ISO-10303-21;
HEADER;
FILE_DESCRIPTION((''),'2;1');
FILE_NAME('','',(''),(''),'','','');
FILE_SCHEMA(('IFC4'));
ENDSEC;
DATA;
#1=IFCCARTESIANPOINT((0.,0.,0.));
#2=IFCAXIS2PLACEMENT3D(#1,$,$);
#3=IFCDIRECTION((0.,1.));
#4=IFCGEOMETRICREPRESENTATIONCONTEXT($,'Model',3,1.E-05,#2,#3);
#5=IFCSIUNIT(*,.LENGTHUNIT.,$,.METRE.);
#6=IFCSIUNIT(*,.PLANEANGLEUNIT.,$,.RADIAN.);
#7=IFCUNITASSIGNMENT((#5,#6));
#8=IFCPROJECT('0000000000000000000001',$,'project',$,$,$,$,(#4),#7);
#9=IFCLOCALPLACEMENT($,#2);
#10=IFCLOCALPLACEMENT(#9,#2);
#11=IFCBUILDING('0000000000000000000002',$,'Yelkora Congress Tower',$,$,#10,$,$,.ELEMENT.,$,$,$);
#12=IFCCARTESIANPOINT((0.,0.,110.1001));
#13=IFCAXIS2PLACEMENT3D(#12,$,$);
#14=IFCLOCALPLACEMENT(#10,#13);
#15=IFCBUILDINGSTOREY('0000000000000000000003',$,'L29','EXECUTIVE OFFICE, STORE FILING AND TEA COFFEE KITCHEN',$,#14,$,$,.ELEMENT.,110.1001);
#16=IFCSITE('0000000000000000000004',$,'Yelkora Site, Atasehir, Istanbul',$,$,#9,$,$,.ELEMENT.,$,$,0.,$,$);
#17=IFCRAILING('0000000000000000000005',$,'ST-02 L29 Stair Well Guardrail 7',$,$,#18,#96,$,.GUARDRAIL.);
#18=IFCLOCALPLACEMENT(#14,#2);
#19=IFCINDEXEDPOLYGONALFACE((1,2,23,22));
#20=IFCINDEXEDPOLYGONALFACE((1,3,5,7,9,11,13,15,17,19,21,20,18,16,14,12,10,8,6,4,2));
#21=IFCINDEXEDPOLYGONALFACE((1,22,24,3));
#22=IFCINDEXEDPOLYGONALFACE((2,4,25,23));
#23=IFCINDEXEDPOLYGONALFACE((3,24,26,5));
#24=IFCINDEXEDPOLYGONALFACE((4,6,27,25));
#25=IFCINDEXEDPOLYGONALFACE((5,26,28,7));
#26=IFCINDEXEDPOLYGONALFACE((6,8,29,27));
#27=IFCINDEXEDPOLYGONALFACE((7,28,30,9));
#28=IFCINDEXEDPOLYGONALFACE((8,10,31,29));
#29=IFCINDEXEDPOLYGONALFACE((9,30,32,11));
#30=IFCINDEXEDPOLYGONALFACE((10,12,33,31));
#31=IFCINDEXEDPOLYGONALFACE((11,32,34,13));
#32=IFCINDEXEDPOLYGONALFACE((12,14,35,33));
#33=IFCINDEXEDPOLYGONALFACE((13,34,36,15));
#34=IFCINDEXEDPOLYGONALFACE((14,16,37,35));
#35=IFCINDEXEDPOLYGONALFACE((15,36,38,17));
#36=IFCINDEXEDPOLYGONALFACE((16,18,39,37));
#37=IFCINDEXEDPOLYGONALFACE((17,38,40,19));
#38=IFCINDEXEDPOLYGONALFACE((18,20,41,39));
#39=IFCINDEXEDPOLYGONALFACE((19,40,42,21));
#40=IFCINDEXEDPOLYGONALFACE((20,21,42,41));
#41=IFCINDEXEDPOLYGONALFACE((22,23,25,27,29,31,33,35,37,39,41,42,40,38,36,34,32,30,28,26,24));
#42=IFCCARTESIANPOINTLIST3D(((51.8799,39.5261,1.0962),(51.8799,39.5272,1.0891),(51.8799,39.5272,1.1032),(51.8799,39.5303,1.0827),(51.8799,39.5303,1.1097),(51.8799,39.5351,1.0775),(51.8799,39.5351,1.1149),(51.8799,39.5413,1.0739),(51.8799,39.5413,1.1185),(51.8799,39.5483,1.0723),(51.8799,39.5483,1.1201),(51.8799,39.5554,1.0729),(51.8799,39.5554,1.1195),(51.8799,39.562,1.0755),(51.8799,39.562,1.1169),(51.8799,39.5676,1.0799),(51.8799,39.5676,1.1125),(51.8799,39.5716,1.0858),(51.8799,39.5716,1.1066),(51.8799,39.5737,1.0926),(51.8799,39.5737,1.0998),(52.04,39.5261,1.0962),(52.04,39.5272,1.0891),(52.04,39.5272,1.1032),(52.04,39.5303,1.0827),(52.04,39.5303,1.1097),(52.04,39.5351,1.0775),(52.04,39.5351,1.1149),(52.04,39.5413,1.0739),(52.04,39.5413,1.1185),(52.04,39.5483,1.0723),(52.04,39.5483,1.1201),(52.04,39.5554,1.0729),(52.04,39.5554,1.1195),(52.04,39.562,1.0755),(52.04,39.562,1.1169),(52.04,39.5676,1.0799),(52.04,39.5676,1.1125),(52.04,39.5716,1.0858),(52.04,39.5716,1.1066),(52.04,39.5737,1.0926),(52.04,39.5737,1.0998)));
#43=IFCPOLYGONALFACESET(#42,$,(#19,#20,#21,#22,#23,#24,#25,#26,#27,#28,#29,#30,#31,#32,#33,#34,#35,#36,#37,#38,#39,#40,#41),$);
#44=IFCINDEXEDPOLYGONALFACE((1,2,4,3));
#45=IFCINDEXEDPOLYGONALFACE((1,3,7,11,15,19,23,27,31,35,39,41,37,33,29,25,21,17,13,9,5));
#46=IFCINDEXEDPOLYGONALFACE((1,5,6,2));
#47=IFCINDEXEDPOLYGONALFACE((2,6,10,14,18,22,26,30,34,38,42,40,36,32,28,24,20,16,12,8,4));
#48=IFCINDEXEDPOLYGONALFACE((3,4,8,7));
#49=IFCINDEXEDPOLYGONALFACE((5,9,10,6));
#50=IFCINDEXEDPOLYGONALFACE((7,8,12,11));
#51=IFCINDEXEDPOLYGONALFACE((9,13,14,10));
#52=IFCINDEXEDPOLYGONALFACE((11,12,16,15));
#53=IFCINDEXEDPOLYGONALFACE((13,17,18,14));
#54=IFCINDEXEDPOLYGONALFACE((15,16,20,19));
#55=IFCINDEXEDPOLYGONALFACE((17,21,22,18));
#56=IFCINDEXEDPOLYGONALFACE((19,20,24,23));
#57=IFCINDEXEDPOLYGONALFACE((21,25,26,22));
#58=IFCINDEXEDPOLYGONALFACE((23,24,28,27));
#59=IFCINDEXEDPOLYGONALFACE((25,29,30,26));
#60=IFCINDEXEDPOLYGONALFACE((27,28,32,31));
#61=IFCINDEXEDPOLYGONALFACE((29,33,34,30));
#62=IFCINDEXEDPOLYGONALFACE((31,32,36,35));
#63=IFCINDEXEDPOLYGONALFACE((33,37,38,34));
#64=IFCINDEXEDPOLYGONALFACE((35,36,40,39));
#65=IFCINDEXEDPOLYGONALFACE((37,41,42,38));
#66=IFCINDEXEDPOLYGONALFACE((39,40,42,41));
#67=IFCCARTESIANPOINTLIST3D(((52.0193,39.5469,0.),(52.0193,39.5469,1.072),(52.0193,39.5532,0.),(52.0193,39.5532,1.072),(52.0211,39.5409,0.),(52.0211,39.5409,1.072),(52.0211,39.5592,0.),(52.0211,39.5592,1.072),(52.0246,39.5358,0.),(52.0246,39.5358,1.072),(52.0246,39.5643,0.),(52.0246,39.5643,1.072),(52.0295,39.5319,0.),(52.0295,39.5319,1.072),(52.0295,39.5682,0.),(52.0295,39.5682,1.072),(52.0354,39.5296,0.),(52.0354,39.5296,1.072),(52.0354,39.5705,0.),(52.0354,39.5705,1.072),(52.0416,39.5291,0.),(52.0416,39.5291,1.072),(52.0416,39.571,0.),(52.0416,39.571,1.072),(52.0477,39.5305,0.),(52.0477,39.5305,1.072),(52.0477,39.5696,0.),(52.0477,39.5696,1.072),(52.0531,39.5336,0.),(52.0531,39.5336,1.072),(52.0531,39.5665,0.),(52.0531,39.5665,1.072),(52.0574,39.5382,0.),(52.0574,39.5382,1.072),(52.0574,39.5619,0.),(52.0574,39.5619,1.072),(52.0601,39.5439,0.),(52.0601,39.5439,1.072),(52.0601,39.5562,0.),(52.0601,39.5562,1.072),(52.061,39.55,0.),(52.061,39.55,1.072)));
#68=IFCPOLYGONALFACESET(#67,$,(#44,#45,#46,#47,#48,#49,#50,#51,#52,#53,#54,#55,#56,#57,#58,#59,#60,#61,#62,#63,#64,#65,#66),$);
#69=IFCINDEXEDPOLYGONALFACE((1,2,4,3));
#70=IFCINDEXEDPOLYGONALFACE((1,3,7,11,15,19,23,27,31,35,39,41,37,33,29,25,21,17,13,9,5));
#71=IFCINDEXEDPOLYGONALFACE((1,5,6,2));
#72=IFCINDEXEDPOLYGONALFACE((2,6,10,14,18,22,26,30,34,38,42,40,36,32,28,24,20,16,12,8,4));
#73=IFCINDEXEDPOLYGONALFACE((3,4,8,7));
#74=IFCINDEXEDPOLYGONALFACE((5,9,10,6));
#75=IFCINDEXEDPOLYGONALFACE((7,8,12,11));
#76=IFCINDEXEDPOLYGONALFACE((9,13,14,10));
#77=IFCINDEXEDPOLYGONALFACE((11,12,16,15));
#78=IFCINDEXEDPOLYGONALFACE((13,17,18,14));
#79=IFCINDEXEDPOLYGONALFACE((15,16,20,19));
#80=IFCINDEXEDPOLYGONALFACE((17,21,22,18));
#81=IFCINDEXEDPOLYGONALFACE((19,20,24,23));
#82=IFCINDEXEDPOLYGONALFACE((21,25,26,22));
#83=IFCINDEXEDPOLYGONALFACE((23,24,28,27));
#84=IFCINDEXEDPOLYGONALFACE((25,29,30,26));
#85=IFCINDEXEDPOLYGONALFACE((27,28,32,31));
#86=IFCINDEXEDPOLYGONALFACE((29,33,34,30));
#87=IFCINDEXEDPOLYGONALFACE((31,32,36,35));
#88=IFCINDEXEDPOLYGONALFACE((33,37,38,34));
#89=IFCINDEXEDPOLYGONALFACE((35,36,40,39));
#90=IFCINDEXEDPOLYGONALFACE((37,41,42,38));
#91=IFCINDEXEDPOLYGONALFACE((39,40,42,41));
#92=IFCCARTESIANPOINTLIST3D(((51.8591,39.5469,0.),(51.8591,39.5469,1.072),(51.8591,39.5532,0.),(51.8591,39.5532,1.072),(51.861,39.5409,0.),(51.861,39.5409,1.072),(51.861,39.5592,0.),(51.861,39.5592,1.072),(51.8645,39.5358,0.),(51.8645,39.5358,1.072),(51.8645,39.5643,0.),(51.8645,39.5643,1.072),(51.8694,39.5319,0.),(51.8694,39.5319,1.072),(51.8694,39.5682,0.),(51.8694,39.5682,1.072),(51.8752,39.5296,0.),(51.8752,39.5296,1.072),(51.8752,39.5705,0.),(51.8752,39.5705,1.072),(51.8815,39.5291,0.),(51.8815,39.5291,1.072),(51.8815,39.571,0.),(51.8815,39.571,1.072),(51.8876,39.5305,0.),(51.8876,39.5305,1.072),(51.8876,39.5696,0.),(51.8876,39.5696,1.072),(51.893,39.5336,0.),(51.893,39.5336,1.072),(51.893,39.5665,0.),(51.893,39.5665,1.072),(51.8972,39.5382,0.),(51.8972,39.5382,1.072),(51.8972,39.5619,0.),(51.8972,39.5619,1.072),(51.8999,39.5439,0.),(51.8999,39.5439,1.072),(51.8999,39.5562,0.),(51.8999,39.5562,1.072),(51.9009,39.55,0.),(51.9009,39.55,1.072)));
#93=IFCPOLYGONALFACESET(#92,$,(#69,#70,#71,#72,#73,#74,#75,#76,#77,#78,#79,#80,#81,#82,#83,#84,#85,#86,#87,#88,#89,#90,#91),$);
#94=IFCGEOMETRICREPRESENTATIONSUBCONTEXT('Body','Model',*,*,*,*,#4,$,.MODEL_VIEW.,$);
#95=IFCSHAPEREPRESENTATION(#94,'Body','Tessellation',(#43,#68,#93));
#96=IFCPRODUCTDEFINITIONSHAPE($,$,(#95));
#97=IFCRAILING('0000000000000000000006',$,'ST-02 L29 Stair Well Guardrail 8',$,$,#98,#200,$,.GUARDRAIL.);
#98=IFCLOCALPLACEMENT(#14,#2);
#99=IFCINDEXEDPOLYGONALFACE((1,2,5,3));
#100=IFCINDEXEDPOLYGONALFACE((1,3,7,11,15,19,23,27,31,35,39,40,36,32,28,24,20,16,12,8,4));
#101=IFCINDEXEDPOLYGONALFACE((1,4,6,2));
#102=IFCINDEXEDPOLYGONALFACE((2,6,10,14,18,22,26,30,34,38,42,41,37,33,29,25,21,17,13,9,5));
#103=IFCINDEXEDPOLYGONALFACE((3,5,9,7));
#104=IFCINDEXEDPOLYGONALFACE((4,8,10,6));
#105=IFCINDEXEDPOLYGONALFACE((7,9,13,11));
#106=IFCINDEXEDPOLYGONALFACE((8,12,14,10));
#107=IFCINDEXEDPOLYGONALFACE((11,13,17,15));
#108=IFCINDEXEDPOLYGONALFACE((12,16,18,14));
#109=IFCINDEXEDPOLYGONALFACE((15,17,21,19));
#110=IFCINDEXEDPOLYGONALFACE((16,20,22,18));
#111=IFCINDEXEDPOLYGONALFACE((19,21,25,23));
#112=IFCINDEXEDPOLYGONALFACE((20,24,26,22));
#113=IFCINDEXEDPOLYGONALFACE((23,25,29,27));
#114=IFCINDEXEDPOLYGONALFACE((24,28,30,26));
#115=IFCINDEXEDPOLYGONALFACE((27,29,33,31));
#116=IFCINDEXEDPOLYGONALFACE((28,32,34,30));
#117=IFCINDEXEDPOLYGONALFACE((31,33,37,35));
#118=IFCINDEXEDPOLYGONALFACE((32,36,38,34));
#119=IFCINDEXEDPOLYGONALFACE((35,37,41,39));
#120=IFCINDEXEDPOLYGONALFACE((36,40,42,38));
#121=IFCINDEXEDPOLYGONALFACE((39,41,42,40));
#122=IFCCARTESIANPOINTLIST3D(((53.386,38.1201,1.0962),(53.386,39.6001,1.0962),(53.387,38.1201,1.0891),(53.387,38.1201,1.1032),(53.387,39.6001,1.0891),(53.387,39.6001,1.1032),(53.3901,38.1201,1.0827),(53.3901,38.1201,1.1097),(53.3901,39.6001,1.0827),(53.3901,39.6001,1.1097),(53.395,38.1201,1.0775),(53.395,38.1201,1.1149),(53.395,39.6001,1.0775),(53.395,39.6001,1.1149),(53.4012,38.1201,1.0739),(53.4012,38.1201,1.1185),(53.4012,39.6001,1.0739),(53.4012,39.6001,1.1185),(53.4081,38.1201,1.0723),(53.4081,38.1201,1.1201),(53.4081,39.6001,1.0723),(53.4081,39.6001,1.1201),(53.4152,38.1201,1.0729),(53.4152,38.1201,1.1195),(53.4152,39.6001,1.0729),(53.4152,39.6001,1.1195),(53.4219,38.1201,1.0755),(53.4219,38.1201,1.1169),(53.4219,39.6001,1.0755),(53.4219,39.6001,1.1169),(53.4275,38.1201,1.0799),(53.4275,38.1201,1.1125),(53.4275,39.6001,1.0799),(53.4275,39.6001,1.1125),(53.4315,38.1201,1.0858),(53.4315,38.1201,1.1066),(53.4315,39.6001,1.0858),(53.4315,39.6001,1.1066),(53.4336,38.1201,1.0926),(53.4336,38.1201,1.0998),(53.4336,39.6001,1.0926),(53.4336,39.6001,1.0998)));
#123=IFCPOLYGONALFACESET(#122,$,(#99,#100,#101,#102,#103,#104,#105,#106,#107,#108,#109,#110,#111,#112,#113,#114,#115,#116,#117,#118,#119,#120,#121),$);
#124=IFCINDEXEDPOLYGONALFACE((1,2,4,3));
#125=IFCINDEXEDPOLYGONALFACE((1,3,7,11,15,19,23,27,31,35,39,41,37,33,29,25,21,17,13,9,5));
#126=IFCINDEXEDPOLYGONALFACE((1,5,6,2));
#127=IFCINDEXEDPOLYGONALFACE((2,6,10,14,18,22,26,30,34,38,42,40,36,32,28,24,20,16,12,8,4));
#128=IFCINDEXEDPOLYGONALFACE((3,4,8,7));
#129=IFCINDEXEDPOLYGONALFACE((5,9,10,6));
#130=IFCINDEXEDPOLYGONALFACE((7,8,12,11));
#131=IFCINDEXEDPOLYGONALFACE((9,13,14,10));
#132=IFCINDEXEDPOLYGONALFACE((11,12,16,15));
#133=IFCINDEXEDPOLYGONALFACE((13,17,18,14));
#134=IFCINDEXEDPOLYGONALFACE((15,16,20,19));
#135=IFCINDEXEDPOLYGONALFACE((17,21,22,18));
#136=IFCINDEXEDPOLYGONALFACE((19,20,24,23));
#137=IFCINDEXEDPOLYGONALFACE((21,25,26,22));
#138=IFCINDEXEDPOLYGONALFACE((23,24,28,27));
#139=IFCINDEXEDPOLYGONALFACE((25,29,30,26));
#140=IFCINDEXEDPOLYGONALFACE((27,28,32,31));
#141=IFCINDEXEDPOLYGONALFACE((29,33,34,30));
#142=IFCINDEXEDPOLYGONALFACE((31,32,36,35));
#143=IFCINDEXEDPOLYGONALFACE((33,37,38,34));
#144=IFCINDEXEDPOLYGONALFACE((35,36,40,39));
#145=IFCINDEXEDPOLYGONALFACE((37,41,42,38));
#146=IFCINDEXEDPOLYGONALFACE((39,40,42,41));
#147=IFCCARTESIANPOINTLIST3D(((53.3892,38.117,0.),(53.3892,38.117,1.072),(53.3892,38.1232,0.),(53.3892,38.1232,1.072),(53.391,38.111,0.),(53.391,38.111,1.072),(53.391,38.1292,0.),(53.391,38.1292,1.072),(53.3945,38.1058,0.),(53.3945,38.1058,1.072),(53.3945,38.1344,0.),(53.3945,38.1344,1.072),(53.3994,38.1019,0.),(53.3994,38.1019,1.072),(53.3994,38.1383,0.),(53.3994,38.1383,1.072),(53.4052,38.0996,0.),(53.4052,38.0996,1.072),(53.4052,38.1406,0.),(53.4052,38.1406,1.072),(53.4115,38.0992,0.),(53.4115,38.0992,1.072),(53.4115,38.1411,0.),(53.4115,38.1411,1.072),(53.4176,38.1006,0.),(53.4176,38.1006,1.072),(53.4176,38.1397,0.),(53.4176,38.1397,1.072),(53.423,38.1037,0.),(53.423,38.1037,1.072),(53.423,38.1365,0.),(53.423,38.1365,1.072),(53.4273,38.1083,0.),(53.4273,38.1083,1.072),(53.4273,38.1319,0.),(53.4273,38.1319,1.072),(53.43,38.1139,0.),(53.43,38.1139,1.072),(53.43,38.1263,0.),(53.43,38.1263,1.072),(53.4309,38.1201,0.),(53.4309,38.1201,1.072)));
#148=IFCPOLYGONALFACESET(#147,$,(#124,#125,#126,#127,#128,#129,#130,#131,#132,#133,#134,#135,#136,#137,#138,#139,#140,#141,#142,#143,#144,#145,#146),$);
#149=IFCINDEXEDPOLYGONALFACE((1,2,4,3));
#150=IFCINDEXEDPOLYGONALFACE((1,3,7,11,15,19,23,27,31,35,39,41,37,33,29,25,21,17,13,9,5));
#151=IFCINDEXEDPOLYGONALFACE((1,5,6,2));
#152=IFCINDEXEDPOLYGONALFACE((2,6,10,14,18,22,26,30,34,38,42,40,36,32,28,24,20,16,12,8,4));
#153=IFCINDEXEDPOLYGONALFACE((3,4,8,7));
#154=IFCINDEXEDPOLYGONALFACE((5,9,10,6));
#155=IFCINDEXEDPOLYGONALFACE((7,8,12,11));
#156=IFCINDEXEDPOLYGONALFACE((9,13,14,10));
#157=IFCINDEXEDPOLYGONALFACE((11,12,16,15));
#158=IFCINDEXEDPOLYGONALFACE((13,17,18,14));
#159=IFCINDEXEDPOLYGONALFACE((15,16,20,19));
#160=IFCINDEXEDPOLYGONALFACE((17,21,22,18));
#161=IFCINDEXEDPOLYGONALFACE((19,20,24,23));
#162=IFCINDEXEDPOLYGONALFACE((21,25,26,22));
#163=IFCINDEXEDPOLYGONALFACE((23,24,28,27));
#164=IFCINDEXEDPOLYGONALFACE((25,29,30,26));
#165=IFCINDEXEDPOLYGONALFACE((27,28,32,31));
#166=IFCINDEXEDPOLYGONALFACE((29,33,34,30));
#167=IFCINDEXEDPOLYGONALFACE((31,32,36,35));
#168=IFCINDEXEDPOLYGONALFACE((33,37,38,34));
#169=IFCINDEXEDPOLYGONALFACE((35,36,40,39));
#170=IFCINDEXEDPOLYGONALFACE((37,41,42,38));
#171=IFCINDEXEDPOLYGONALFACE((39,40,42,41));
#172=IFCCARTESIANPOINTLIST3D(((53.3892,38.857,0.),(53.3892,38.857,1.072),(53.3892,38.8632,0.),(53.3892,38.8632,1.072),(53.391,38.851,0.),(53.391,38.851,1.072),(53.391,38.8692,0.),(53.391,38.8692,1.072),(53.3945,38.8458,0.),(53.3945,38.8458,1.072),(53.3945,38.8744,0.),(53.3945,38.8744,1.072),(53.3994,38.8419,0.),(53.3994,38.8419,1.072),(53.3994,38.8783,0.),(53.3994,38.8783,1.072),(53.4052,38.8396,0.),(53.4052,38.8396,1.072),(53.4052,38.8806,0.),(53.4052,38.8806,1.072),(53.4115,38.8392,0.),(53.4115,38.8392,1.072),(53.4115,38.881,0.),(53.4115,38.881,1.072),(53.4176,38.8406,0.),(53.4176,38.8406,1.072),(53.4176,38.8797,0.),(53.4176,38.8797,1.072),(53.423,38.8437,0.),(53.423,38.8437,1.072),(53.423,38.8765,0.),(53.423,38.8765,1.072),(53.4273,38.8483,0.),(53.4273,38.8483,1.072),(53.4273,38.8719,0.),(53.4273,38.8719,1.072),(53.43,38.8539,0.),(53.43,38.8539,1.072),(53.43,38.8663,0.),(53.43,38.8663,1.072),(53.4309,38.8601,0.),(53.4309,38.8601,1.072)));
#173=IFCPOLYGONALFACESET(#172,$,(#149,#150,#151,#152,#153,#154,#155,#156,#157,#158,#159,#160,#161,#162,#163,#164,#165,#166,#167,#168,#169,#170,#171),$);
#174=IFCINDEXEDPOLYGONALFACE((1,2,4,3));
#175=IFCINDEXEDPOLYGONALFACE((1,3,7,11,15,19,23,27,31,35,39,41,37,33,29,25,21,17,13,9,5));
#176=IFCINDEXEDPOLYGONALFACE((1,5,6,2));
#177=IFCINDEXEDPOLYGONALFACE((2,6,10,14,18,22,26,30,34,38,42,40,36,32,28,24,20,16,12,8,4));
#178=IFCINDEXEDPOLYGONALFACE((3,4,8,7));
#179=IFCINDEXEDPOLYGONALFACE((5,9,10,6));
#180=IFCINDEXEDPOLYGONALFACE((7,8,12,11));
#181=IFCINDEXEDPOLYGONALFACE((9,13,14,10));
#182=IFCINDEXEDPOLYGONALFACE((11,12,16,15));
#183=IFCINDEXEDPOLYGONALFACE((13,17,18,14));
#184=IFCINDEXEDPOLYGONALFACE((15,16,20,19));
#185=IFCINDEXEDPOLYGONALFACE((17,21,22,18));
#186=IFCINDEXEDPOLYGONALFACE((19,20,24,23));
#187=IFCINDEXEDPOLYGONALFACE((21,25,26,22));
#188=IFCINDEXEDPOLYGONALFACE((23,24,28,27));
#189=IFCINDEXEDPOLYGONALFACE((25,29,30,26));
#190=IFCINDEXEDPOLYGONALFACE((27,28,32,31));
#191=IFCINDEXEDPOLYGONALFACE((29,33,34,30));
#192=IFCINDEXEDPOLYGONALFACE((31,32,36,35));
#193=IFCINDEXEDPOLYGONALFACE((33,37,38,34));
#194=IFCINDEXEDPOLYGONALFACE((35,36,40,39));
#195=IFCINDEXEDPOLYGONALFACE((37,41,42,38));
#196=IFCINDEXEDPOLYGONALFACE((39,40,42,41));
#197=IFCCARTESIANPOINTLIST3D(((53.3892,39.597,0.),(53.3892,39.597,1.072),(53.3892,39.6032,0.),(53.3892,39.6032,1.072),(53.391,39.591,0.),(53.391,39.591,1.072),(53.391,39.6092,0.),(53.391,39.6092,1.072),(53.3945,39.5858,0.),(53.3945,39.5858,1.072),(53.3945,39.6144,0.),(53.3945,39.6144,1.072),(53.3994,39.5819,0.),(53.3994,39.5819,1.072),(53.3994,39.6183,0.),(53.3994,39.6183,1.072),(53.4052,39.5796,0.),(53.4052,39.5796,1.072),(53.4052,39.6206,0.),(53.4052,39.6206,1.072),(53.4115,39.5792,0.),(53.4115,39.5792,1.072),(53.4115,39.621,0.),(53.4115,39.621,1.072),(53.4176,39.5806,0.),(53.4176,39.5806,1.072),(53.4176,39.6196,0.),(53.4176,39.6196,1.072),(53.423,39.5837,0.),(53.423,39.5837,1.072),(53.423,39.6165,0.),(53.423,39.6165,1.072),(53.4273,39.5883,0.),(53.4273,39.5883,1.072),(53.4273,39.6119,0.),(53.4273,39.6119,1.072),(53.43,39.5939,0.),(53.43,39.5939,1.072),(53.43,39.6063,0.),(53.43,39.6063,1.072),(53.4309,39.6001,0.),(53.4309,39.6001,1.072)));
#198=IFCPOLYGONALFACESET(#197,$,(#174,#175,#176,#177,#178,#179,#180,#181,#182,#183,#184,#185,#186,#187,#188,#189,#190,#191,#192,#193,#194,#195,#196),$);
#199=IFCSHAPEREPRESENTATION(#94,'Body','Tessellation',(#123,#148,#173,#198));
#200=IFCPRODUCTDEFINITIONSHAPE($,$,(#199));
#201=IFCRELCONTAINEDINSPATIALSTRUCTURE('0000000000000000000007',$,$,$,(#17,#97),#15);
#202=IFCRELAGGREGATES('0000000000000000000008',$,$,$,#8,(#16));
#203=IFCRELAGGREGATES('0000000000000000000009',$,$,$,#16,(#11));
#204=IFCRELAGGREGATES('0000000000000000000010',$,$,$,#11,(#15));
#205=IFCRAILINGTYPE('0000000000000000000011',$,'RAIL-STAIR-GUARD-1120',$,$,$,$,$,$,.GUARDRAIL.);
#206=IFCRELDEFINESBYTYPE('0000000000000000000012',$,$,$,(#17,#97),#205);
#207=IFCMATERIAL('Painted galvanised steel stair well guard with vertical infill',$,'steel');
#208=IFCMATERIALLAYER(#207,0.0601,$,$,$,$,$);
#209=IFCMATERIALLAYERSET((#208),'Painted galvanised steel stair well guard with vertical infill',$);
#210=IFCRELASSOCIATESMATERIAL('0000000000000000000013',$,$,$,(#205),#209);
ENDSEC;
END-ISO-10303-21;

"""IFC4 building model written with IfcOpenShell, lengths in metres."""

from ifc_helpers import new_model, si_unit, direction, frame, origin, origin_2d, place, context, subcontext, project, spatial, circle, extrude, material, layer, layer_set, type_object, element, save


model = new_model("IFC4")

# Units and contexts
model_context = context("Model", 3, precision=1e-05, world=origin(), true_north=direction((0.0, 1.0)))
body_context = subcontext(model_context, "Body", "Model", "MODEL_VIEW")
ifc_project = project(units=[si_unit("LENGTHUNIT", "METRE"), si_unit("PLANEANGLEUNIT", "RADIAN")], contexts=[model_context])

# Site, building, storey
site_placement = place(None, origin())
site = spatial("IfcSite", under=ifc_project, at=site_placement, Name="Yelkora Site, Atasehir, Istanbul", CompositionType="ELEMENT", RefElevation=0.0)
building_placement = place(site_placement, origin())
building = spatial("IfcBuilding", under=site, at=building_placement, Name="Yelkora Congress Tower", CompositionType="ELEMENT")
storey_placement = place(building_placement, frame((0.0, 0.0, 110.1001)))
storey = spatial("IfcBuildingStorey", under=building, at=storey_placement, Name="L29", Description="EXECUTIVE OFFICE, STORE FILING AND TEA COFFEE KITCHEN", CompositionType="ELEMENT", Elevation=110.1001)

# Railings
ifc_material_1 = material(Name="Painted galvanised steel stair well guard with vertical infill", Category="steel")
ifc_layer_1 = layer(ifc_material_1, 0.0601)
ifc_layer_set_1 = layer_set([ifc_layer_1], Name="Painted galvanised steel stair well guard with vertical infill")
railing_type_1 = type_object("IfcRailingType", Name="RAIL-STAIR-GUARD-1120", PredefinedType="GUARDRAIL", material=ifc_layer_set_1)
railing_1_placement = place(storey_placement, frame((52.04, 39.55, 0.0)))
element("IfcRailing", 1, at=railing_1_placement, inside=storey, type_object=railing_type_1, Name="ST-02 L29 Stair Well Guardrail 7", PredefinedType="GUARDRAIL", context=body_context, shape_type="SweptSolid", body=[
    extrude(circle(Radius=0.0239, at=origin_2d()), frame((0.0, 0.0, 1.0962), z_axis=(-1.0, 0.0, 0.0), x_axis=(0.0, -1.0, 0.0)), (0.0, 0.0, 1.0), 0.1602),
    extrude(circle(Radius=0.021, at=origin_2d()), origin(), (0.0, 0.0, 1.0), 1.072),
    extrude(circle(Radius=0.021, at=origin_2d()), frame((-0.1602, 0.0, 0.0)), (0.0, 0.0, 1.0), 1.072),
])
for number, where, name in (
    (2, (53.4099, 38.1201, 0.0), "ST-02 L29 Stair Well Guardrail 8"),
):
    element("IfcRailing", number, at=place(storey_placement, frame(where)), inside=storey, type_object=railing_type_1, Name=name, PredefinedType="GUARDRAIL", context=body_context, shape_type="SweptSolid", body=[
        extrude(circle(Radius=0.0239, at=origin_2d()), frame((0.0, 0.0, 1.0962), z_axis=(0.0, 1.0, 0.0), x_axis=(-1.0, 0.0, 0.0)), (0.0, 0.0, 1.0), 1.48),
        extrude(circle(Radius=0.021, at=origin_2d()), origin(), (0.0, 0.0, 1.0), 1.072),
        extrude(circle(Radius=0.021, at=origin_2d()), frame((0.0, 0.74, 0.0)), (0.0, 0.0, 1.0), 1.072),
        extrude(circle(Radius=0.021, at=origin_2d()), frame((0.0, 1.48, 0.0)), (0.0, 0.0, 1.0), 1.072),
    ])

save(model, "model.ifc")
